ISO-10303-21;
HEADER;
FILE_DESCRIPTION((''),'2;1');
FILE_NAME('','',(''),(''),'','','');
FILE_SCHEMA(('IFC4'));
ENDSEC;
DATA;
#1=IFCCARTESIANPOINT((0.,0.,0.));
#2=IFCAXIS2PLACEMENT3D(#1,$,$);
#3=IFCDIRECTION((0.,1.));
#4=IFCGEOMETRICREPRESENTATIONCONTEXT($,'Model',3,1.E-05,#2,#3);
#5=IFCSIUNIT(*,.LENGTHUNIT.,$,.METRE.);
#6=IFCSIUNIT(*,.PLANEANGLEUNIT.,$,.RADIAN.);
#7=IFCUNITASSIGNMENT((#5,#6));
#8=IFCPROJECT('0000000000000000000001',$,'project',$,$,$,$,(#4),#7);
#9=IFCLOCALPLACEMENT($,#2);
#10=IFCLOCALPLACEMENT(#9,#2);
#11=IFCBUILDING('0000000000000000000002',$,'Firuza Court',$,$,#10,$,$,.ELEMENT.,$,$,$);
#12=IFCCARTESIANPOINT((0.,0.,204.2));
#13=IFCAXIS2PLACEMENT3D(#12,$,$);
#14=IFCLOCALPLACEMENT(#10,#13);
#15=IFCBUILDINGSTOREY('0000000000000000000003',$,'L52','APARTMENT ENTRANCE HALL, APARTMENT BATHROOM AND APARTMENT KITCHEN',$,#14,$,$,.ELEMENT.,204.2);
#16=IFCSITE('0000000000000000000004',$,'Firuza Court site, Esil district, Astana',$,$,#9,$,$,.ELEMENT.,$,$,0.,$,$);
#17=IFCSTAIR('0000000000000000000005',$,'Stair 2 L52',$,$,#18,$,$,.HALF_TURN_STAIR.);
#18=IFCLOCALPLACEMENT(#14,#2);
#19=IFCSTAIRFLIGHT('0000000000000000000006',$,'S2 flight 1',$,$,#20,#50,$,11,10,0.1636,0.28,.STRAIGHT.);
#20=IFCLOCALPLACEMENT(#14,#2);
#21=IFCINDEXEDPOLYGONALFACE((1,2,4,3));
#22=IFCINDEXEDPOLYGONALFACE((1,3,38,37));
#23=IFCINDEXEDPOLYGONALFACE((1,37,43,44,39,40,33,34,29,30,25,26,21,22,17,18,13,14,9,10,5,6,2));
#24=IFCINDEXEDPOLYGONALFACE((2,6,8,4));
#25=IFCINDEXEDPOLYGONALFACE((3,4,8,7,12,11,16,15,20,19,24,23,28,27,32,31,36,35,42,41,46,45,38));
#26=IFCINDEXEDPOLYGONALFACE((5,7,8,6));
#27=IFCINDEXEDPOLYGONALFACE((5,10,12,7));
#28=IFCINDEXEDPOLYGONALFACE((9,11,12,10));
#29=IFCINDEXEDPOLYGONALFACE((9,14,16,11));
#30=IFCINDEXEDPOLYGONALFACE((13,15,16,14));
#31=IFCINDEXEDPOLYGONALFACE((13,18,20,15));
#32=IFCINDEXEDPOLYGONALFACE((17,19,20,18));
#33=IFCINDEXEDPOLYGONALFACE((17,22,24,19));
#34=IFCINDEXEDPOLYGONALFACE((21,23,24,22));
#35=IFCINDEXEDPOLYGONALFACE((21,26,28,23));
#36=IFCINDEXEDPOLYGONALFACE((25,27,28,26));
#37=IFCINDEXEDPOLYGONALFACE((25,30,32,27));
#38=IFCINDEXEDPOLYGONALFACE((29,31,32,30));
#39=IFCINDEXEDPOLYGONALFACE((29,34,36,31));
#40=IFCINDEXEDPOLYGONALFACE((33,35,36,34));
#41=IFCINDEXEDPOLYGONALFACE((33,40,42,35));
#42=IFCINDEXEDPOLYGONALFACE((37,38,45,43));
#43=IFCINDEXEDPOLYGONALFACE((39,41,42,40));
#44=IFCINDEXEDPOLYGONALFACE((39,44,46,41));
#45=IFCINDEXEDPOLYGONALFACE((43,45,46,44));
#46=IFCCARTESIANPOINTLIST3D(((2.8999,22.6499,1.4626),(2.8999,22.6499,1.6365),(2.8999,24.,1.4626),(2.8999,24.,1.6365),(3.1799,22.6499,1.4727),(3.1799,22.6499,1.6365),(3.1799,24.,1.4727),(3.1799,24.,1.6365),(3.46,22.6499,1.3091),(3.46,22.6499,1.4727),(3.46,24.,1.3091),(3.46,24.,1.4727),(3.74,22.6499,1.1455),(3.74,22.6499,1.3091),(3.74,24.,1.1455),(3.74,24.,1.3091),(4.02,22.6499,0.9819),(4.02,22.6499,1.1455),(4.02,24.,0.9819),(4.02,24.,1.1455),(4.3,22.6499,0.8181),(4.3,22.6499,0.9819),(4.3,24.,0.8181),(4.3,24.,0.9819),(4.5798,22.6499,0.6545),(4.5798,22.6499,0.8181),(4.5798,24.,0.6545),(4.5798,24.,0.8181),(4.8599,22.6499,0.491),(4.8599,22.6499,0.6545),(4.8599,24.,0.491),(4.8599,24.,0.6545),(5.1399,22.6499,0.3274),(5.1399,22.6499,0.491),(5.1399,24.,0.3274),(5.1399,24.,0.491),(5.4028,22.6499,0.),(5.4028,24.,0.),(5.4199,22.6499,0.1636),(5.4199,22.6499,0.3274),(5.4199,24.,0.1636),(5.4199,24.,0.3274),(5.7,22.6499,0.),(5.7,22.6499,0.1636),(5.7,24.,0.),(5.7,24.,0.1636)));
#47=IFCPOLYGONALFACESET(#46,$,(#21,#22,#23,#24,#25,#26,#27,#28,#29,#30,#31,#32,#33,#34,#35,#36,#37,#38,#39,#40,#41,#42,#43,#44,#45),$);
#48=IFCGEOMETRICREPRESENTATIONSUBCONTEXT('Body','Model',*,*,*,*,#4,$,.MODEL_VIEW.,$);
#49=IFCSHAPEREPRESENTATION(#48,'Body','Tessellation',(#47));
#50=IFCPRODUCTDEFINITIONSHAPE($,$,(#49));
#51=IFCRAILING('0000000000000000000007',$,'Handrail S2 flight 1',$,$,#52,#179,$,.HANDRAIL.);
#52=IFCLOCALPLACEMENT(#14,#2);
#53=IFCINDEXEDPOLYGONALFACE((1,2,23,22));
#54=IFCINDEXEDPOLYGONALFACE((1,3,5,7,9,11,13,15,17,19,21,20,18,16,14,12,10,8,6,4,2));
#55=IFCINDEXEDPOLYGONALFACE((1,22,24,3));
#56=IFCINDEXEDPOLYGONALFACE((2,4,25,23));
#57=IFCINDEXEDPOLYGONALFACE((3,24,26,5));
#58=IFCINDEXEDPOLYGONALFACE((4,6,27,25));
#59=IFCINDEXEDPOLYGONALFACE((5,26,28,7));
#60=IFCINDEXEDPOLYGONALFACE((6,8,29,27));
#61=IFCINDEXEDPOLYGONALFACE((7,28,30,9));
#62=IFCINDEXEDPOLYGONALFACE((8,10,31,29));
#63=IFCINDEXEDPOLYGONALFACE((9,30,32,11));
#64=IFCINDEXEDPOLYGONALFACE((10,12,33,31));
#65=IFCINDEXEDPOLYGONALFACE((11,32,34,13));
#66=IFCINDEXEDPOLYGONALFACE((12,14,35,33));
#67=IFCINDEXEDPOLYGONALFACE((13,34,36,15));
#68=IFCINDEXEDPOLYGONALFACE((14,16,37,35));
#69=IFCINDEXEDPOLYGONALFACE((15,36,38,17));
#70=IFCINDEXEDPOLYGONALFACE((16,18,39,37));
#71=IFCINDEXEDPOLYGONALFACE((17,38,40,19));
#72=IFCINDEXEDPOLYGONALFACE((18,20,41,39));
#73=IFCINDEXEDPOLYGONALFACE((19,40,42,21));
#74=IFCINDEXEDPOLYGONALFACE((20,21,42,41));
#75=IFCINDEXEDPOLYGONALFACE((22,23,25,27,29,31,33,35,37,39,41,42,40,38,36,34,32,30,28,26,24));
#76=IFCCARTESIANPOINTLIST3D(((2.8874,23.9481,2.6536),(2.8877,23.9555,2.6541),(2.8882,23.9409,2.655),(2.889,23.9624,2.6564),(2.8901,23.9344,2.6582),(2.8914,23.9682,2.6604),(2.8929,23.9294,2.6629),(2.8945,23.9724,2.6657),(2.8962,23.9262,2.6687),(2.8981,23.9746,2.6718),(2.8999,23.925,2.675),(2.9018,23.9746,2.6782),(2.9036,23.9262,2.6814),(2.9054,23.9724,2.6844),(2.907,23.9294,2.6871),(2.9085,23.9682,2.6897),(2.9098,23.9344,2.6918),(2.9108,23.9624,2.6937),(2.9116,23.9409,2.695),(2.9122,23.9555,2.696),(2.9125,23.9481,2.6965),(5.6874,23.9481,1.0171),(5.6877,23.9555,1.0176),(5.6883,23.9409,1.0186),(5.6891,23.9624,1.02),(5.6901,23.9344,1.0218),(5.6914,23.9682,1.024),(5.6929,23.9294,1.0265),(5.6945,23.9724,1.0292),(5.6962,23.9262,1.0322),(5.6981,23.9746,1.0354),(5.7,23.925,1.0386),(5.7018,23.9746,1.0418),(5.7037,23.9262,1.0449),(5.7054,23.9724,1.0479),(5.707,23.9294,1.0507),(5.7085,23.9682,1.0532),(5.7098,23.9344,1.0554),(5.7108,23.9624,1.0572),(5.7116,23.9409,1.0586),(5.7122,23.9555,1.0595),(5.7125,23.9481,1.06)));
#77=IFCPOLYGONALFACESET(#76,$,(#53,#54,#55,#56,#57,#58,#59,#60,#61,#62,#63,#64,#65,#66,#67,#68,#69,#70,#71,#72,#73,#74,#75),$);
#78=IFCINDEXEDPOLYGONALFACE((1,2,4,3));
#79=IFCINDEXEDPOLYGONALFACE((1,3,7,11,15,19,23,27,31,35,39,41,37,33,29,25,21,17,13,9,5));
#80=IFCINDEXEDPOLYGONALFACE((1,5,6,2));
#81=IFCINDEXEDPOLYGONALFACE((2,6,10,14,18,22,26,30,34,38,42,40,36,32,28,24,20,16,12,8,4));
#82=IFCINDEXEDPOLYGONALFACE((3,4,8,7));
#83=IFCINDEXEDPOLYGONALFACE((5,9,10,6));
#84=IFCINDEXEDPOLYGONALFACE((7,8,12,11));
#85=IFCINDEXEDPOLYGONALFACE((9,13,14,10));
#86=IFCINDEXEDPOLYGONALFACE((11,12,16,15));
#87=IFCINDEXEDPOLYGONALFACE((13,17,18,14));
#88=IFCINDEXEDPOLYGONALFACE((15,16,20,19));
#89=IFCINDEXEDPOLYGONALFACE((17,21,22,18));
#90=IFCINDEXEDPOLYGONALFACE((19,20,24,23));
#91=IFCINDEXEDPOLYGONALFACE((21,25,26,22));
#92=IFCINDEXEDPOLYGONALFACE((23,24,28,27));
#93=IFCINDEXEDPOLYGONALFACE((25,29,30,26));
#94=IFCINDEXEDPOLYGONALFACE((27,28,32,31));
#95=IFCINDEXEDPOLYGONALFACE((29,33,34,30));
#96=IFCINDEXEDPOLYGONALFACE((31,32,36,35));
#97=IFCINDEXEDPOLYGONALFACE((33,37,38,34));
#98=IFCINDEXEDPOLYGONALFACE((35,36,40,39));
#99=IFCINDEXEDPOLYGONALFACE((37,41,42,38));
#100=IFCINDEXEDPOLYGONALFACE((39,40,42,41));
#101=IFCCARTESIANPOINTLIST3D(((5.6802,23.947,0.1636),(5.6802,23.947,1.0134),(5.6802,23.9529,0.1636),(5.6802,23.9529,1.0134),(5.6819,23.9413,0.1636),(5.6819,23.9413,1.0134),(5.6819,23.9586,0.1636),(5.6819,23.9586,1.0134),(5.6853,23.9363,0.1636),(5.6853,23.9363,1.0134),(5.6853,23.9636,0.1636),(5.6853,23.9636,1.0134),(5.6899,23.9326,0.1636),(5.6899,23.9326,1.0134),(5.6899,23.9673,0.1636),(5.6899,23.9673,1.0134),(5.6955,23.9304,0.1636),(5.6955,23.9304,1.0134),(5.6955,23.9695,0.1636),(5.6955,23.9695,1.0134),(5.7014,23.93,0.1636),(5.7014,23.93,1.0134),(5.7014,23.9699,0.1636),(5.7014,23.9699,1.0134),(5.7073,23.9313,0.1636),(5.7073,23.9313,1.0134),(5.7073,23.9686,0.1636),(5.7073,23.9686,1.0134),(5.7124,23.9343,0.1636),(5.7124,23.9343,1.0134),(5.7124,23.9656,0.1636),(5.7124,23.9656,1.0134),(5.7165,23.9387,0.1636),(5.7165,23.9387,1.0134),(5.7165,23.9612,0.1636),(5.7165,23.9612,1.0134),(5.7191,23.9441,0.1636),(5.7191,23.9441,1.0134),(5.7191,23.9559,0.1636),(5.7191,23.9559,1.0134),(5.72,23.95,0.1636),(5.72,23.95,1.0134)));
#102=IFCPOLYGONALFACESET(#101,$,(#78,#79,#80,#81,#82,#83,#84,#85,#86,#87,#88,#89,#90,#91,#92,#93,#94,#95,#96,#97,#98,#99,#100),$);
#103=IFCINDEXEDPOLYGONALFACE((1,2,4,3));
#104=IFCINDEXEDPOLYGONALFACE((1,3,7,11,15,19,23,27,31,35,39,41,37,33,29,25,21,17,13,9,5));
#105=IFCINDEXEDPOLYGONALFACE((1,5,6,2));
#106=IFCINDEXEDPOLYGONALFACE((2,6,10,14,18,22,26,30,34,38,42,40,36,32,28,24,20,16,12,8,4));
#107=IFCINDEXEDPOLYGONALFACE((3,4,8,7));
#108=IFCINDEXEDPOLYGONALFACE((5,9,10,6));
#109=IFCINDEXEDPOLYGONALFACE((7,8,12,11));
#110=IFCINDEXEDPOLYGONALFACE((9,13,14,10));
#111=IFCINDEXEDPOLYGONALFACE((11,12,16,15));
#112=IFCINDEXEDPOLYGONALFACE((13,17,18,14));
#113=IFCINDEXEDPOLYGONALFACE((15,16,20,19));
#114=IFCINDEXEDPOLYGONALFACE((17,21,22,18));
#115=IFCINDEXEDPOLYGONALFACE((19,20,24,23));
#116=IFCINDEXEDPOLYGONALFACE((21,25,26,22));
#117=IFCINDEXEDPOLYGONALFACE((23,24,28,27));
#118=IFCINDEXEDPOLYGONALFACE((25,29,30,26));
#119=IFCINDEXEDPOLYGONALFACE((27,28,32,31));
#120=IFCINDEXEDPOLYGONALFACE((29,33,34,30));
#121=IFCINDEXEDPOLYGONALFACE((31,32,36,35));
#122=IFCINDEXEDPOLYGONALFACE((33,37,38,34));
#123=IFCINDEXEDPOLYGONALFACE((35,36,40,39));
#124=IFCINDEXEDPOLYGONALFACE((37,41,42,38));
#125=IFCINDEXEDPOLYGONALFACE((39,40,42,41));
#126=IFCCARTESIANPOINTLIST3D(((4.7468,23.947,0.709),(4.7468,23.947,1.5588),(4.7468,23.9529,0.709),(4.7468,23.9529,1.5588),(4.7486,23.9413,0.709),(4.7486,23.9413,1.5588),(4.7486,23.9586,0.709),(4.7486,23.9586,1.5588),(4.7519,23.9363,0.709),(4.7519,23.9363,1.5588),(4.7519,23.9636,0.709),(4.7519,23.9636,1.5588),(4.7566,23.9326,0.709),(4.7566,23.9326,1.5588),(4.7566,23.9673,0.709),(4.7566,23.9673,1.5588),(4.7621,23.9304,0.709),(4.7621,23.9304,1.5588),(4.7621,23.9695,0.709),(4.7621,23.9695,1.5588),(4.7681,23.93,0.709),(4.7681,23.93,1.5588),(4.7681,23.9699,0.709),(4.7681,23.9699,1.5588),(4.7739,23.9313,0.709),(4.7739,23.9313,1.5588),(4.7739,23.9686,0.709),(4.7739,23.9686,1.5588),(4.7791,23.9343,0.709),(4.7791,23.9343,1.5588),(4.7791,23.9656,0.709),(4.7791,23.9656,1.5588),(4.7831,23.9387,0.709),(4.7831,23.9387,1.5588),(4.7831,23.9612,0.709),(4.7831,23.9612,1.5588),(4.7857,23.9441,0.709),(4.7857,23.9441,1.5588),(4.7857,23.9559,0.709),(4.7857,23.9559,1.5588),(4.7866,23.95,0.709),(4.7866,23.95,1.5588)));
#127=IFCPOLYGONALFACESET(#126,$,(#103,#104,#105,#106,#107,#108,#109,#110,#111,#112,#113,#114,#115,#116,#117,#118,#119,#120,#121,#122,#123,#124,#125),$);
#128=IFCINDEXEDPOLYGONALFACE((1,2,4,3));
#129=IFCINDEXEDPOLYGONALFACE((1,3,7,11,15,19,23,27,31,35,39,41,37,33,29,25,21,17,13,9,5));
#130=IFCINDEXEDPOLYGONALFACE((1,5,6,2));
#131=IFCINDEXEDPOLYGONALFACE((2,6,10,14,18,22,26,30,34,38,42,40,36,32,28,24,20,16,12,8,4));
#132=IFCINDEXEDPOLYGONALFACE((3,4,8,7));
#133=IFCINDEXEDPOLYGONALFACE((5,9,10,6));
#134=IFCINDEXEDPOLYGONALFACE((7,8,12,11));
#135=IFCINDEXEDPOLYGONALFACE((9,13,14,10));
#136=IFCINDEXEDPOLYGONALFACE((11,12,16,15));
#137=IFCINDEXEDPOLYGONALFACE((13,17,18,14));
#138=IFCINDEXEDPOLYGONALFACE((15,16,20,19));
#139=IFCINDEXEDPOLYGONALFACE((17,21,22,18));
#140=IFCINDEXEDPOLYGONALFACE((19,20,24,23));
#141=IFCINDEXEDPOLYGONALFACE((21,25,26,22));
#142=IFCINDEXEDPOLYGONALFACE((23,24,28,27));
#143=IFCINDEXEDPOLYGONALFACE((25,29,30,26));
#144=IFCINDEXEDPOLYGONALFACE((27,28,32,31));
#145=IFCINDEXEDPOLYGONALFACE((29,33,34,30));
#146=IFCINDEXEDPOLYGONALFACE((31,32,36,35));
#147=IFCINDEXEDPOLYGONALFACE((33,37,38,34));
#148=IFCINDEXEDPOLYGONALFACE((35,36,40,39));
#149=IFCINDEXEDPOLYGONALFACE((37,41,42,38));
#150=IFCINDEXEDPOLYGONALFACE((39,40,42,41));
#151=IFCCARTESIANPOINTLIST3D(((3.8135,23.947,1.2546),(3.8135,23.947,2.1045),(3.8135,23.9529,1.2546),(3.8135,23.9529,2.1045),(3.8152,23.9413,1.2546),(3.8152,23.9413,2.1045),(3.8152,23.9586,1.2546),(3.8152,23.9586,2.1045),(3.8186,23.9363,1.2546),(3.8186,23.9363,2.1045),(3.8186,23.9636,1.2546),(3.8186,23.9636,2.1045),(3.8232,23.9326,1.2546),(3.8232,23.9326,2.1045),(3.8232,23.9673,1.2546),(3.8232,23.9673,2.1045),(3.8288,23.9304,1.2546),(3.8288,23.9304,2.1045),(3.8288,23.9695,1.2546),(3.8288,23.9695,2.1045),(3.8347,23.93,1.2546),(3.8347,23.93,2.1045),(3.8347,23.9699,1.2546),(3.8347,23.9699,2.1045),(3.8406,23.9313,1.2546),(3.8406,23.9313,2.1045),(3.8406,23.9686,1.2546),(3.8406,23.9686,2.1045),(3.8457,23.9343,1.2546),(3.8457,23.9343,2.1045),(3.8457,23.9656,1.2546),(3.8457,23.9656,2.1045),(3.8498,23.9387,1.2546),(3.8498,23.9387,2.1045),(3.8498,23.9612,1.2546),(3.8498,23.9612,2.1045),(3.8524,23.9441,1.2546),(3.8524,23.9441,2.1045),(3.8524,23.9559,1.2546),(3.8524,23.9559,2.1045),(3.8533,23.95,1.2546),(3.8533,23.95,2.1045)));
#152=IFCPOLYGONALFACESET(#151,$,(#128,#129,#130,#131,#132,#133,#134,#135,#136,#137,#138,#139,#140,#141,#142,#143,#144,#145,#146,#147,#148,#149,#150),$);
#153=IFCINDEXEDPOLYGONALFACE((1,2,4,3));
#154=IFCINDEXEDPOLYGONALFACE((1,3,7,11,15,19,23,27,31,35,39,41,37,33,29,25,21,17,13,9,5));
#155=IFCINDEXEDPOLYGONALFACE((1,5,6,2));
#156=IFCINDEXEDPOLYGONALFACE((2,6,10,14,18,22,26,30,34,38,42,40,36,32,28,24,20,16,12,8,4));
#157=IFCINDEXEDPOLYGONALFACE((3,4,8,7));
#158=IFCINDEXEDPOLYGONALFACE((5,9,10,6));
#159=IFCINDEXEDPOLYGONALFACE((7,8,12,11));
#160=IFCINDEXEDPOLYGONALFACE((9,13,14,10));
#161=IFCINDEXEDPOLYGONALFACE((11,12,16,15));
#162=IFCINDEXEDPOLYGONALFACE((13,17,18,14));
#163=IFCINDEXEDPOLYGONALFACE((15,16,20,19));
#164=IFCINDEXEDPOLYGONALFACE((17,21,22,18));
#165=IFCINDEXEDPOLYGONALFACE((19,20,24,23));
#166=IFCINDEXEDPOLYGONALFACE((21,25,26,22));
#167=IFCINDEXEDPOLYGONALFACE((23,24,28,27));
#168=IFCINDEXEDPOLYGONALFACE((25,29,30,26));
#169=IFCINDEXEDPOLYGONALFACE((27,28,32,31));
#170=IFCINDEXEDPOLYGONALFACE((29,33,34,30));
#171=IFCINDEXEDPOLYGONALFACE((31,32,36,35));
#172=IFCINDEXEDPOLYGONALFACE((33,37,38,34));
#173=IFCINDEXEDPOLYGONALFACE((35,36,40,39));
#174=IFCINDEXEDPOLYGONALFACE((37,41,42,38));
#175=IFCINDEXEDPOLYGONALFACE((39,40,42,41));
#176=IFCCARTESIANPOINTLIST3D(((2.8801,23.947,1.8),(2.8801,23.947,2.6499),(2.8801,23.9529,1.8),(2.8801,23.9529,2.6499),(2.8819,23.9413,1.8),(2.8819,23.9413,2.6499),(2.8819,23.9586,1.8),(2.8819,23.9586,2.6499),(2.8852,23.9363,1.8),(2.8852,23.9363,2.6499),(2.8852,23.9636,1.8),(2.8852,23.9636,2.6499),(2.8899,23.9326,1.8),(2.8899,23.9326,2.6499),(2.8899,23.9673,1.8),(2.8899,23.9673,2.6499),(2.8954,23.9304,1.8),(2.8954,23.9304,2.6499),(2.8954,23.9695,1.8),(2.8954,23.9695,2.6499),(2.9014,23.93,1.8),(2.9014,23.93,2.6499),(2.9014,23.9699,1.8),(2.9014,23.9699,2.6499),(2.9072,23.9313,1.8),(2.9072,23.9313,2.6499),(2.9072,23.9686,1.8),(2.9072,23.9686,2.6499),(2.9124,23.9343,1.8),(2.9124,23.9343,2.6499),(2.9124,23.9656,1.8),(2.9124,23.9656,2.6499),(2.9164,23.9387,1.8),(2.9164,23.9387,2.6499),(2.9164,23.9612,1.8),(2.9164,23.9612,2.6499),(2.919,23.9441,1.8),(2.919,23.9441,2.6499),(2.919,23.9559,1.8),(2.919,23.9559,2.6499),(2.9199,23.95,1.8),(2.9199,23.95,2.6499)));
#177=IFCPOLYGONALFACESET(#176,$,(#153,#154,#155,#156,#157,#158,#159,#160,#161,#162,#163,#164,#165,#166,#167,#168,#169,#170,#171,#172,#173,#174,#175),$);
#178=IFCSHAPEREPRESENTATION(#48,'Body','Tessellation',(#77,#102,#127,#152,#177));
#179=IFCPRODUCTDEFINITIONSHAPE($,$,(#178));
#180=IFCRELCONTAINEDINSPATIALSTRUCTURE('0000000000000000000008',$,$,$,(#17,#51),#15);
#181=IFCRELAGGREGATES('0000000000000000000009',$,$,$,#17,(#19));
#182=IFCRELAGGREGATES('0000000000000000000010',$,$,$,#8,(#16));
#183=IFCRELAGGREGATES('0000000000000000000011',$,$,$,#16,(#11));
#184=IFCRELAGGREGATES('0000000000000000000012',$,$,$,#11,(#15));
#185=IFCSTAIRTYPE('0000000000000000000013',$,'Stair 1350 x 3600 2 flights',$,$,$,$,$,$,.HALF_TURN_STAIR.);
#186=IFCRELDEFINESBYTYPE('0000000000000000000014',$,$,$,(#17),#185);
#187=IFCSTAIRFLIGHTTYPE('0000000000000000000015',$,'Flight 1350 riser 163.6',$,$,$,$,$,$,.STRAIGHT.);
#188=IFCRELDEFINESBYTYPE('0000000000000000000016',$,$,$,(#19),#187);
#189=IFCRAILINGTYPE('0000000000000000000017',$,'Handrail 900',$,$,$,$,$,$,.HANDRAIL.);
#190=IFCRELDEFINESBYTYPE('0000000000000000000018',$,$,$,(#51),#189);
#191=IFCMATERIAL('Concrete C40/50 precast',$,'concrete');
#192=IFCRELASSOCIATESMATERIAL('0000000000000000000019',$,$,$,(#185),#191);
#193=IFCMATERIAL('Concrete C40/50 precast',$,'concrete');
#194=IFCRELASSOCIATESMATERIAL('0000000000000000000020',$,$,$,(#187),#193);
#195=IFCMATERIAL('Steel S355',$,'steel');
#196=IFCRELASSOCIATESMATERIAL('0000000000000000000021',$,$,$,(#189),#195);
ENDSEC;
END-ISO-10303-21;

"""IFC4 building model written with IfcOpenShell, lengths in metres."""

from ifc_helpers import new_model, si_unit, direction, frame, origin, origin_2d, place, context, subcontext, project, spatial, polyline, circle, outline, extrude, material, type_object, element, aggregate, save


model = new_model("IFC4")

# Units and contexts
model_context = context("Model", 3, precision=1e-05, world=origin(), true_north=direction((0.0, 1.0)))
body_context = subcontext(model_context, "Body", "Model", "MODEL_VIEW")
ifc_project = project(units=[si_unit("LENGTHUNIT", "METRE"), si_unit("PLANEANGLEUNIT", "RADIAN")], contexts=[model_context])

# Site, building, storey
site_placement = place(None, origin())
site = spatial("IfcSite", under=ifc_project, at=site_placement, Name="Firuza Court site, Esil district, Astana", CompositionType="ELEMENT", RefElevation=0.0)
building_placement = place(site_placement, origin())
building = spatial("IfcBuilding", under=site, at=building_placement, Name="Firuza Court", CompositionType="ELEMENT")
storey_placement = place(building_placement, frame((0.0, 0.0, 204.2)))
storey = spatial("IfcBuildingStorey", under=building, at=storey_placement, Name="L52", Description="APARTMENT ENTRANCE HALL, APARTMENT BATHROOM AND APARTMENT KITCHEN", CompositionType="ELEMENT", Elevation=204.2)

# Stair, stair flight
ifc_material_1 = material(Name="Concrete C40/50 precast", Category="concrete")
stair_type = type_object("IfcStairType", Name="Stair 1350 x 3600 2 flights", PredefinedType="HALF_TURN_STAIR", material=ifc_material_1)
stair_placement = place(storey_placement, origin())
stair = element("IfcStair", 1, at=stair_placement, inside=storey, type_object=stair_type, Name="Stair 2 L52", PredefinedType="HALF_TURN_STAIR")
ifc_material_2 = material(Name="Concrete C40/50 precast", Category="concrete")
stair_flight_type = type_object("IfcStairFlightType", Name="Flight 1350 riser 163.6", PredefinedType="STRAIGHT", material=ifc_material_2)
stair_flight_placement = place(storey_placement, frame((5.7, 23.325, 0.0), z_axis=(0.0, 0.0, 1.0), x_axis=(-1.0, 0.0, 0.0)))
stair_flight = element("IfcStairFlight", 2, at=stair_flight_placement, type_object=stair_flight_type, Name="S2 flight 1", NumberOfRisers=11, NumberOfTreads=10, PredefinedType="STRAIGHT", RiserHeight=0.1636, TreadLength=0.28, context=body_context, shape_type="SweptSolid", body=[
    extrude(outline(polyline([(0.0, 0.0), (0.0, 0.1636), (0.28, 0.1636), (0.28, 0.3274), (0.5601, 0.3274), (0.5601, 0.491), (0.8401, 0.491), (0.8401, 0.6545), (1.1201, 0.6545), (1.1201, 0.8181), (1.3999, 0.8181), (1.3999, 0.9819), (1.6799, 0.9819), (1.6799, 1.1455), (1.96, 1.1455), (1.96, 1.3091), (2.24, 1.3091), (2.24, 1.4727), (2.52, 1.4727), (2.52, 1.6365), (2.8, 1.6365), (2.8, 1.8), (2.8, 1.4626), (0.2971, 0.0), (0.0, 0.0)])), frame((0.0, 0.675, 0.0), z_axis=(0.0, -1.0, 0.0), x_axis=(1.0, 0.0, 0.0)), (0.0, 0.0, 1.0), 1.3501),
])
aggregate(stair, [stair_flight])

# Railing
ifc_material_3 = material(Name="Steel S355", Category="steel")
railing_type = type_object("IfcRailingType", Name="Handrail 900", PredefinedType="HANDRAIL", material=ifc_material_3)
railing_placement = place(storey_placement, frame((5.7, 23.95, 0.1636)))
element("IfcRailing", 3, at=railing_placement, inside=storey, type_object=railing_type, Name="Handrail S2 flight 1", PredefinedType="HANDRAIL", context=body_context, shape_type="SweptSolid", body=[
    extrude(circle(Radius=0.0249, at=origin_2d()), frame((0.0, 0.0, 0.875), z_axis=(-0.863361, 0.0, 0.504587), x_axis=(0.0, -1.0, 0.0)), (0.0, 0.0, 1.0), 3.2432),
    extrude(circle(Radius=0.02, at=origin_2d()), origin(), (0.0, 0.0, 1.0), 0.8499),
    extrude(circle(Radius=0.02, at=origin_2d()), frame((-0.9333, 0.0, 0.5454)), (0.0, 0.0, 1.0), 0.8499),
    extrude(circle(Radius=0.02, at=origin_2d()), frame((-1.8667, 0.0, 1.0911)), (0.0, 0.0, 1.0), 0.8499),
    extrude(circle(Radius=0.02, at=origin_2d()), frame((-2.8, 0.0, 1.6365)), (0.0, 0.0, 1.0), 0.8499),
])

save(model, "model.ifc")
